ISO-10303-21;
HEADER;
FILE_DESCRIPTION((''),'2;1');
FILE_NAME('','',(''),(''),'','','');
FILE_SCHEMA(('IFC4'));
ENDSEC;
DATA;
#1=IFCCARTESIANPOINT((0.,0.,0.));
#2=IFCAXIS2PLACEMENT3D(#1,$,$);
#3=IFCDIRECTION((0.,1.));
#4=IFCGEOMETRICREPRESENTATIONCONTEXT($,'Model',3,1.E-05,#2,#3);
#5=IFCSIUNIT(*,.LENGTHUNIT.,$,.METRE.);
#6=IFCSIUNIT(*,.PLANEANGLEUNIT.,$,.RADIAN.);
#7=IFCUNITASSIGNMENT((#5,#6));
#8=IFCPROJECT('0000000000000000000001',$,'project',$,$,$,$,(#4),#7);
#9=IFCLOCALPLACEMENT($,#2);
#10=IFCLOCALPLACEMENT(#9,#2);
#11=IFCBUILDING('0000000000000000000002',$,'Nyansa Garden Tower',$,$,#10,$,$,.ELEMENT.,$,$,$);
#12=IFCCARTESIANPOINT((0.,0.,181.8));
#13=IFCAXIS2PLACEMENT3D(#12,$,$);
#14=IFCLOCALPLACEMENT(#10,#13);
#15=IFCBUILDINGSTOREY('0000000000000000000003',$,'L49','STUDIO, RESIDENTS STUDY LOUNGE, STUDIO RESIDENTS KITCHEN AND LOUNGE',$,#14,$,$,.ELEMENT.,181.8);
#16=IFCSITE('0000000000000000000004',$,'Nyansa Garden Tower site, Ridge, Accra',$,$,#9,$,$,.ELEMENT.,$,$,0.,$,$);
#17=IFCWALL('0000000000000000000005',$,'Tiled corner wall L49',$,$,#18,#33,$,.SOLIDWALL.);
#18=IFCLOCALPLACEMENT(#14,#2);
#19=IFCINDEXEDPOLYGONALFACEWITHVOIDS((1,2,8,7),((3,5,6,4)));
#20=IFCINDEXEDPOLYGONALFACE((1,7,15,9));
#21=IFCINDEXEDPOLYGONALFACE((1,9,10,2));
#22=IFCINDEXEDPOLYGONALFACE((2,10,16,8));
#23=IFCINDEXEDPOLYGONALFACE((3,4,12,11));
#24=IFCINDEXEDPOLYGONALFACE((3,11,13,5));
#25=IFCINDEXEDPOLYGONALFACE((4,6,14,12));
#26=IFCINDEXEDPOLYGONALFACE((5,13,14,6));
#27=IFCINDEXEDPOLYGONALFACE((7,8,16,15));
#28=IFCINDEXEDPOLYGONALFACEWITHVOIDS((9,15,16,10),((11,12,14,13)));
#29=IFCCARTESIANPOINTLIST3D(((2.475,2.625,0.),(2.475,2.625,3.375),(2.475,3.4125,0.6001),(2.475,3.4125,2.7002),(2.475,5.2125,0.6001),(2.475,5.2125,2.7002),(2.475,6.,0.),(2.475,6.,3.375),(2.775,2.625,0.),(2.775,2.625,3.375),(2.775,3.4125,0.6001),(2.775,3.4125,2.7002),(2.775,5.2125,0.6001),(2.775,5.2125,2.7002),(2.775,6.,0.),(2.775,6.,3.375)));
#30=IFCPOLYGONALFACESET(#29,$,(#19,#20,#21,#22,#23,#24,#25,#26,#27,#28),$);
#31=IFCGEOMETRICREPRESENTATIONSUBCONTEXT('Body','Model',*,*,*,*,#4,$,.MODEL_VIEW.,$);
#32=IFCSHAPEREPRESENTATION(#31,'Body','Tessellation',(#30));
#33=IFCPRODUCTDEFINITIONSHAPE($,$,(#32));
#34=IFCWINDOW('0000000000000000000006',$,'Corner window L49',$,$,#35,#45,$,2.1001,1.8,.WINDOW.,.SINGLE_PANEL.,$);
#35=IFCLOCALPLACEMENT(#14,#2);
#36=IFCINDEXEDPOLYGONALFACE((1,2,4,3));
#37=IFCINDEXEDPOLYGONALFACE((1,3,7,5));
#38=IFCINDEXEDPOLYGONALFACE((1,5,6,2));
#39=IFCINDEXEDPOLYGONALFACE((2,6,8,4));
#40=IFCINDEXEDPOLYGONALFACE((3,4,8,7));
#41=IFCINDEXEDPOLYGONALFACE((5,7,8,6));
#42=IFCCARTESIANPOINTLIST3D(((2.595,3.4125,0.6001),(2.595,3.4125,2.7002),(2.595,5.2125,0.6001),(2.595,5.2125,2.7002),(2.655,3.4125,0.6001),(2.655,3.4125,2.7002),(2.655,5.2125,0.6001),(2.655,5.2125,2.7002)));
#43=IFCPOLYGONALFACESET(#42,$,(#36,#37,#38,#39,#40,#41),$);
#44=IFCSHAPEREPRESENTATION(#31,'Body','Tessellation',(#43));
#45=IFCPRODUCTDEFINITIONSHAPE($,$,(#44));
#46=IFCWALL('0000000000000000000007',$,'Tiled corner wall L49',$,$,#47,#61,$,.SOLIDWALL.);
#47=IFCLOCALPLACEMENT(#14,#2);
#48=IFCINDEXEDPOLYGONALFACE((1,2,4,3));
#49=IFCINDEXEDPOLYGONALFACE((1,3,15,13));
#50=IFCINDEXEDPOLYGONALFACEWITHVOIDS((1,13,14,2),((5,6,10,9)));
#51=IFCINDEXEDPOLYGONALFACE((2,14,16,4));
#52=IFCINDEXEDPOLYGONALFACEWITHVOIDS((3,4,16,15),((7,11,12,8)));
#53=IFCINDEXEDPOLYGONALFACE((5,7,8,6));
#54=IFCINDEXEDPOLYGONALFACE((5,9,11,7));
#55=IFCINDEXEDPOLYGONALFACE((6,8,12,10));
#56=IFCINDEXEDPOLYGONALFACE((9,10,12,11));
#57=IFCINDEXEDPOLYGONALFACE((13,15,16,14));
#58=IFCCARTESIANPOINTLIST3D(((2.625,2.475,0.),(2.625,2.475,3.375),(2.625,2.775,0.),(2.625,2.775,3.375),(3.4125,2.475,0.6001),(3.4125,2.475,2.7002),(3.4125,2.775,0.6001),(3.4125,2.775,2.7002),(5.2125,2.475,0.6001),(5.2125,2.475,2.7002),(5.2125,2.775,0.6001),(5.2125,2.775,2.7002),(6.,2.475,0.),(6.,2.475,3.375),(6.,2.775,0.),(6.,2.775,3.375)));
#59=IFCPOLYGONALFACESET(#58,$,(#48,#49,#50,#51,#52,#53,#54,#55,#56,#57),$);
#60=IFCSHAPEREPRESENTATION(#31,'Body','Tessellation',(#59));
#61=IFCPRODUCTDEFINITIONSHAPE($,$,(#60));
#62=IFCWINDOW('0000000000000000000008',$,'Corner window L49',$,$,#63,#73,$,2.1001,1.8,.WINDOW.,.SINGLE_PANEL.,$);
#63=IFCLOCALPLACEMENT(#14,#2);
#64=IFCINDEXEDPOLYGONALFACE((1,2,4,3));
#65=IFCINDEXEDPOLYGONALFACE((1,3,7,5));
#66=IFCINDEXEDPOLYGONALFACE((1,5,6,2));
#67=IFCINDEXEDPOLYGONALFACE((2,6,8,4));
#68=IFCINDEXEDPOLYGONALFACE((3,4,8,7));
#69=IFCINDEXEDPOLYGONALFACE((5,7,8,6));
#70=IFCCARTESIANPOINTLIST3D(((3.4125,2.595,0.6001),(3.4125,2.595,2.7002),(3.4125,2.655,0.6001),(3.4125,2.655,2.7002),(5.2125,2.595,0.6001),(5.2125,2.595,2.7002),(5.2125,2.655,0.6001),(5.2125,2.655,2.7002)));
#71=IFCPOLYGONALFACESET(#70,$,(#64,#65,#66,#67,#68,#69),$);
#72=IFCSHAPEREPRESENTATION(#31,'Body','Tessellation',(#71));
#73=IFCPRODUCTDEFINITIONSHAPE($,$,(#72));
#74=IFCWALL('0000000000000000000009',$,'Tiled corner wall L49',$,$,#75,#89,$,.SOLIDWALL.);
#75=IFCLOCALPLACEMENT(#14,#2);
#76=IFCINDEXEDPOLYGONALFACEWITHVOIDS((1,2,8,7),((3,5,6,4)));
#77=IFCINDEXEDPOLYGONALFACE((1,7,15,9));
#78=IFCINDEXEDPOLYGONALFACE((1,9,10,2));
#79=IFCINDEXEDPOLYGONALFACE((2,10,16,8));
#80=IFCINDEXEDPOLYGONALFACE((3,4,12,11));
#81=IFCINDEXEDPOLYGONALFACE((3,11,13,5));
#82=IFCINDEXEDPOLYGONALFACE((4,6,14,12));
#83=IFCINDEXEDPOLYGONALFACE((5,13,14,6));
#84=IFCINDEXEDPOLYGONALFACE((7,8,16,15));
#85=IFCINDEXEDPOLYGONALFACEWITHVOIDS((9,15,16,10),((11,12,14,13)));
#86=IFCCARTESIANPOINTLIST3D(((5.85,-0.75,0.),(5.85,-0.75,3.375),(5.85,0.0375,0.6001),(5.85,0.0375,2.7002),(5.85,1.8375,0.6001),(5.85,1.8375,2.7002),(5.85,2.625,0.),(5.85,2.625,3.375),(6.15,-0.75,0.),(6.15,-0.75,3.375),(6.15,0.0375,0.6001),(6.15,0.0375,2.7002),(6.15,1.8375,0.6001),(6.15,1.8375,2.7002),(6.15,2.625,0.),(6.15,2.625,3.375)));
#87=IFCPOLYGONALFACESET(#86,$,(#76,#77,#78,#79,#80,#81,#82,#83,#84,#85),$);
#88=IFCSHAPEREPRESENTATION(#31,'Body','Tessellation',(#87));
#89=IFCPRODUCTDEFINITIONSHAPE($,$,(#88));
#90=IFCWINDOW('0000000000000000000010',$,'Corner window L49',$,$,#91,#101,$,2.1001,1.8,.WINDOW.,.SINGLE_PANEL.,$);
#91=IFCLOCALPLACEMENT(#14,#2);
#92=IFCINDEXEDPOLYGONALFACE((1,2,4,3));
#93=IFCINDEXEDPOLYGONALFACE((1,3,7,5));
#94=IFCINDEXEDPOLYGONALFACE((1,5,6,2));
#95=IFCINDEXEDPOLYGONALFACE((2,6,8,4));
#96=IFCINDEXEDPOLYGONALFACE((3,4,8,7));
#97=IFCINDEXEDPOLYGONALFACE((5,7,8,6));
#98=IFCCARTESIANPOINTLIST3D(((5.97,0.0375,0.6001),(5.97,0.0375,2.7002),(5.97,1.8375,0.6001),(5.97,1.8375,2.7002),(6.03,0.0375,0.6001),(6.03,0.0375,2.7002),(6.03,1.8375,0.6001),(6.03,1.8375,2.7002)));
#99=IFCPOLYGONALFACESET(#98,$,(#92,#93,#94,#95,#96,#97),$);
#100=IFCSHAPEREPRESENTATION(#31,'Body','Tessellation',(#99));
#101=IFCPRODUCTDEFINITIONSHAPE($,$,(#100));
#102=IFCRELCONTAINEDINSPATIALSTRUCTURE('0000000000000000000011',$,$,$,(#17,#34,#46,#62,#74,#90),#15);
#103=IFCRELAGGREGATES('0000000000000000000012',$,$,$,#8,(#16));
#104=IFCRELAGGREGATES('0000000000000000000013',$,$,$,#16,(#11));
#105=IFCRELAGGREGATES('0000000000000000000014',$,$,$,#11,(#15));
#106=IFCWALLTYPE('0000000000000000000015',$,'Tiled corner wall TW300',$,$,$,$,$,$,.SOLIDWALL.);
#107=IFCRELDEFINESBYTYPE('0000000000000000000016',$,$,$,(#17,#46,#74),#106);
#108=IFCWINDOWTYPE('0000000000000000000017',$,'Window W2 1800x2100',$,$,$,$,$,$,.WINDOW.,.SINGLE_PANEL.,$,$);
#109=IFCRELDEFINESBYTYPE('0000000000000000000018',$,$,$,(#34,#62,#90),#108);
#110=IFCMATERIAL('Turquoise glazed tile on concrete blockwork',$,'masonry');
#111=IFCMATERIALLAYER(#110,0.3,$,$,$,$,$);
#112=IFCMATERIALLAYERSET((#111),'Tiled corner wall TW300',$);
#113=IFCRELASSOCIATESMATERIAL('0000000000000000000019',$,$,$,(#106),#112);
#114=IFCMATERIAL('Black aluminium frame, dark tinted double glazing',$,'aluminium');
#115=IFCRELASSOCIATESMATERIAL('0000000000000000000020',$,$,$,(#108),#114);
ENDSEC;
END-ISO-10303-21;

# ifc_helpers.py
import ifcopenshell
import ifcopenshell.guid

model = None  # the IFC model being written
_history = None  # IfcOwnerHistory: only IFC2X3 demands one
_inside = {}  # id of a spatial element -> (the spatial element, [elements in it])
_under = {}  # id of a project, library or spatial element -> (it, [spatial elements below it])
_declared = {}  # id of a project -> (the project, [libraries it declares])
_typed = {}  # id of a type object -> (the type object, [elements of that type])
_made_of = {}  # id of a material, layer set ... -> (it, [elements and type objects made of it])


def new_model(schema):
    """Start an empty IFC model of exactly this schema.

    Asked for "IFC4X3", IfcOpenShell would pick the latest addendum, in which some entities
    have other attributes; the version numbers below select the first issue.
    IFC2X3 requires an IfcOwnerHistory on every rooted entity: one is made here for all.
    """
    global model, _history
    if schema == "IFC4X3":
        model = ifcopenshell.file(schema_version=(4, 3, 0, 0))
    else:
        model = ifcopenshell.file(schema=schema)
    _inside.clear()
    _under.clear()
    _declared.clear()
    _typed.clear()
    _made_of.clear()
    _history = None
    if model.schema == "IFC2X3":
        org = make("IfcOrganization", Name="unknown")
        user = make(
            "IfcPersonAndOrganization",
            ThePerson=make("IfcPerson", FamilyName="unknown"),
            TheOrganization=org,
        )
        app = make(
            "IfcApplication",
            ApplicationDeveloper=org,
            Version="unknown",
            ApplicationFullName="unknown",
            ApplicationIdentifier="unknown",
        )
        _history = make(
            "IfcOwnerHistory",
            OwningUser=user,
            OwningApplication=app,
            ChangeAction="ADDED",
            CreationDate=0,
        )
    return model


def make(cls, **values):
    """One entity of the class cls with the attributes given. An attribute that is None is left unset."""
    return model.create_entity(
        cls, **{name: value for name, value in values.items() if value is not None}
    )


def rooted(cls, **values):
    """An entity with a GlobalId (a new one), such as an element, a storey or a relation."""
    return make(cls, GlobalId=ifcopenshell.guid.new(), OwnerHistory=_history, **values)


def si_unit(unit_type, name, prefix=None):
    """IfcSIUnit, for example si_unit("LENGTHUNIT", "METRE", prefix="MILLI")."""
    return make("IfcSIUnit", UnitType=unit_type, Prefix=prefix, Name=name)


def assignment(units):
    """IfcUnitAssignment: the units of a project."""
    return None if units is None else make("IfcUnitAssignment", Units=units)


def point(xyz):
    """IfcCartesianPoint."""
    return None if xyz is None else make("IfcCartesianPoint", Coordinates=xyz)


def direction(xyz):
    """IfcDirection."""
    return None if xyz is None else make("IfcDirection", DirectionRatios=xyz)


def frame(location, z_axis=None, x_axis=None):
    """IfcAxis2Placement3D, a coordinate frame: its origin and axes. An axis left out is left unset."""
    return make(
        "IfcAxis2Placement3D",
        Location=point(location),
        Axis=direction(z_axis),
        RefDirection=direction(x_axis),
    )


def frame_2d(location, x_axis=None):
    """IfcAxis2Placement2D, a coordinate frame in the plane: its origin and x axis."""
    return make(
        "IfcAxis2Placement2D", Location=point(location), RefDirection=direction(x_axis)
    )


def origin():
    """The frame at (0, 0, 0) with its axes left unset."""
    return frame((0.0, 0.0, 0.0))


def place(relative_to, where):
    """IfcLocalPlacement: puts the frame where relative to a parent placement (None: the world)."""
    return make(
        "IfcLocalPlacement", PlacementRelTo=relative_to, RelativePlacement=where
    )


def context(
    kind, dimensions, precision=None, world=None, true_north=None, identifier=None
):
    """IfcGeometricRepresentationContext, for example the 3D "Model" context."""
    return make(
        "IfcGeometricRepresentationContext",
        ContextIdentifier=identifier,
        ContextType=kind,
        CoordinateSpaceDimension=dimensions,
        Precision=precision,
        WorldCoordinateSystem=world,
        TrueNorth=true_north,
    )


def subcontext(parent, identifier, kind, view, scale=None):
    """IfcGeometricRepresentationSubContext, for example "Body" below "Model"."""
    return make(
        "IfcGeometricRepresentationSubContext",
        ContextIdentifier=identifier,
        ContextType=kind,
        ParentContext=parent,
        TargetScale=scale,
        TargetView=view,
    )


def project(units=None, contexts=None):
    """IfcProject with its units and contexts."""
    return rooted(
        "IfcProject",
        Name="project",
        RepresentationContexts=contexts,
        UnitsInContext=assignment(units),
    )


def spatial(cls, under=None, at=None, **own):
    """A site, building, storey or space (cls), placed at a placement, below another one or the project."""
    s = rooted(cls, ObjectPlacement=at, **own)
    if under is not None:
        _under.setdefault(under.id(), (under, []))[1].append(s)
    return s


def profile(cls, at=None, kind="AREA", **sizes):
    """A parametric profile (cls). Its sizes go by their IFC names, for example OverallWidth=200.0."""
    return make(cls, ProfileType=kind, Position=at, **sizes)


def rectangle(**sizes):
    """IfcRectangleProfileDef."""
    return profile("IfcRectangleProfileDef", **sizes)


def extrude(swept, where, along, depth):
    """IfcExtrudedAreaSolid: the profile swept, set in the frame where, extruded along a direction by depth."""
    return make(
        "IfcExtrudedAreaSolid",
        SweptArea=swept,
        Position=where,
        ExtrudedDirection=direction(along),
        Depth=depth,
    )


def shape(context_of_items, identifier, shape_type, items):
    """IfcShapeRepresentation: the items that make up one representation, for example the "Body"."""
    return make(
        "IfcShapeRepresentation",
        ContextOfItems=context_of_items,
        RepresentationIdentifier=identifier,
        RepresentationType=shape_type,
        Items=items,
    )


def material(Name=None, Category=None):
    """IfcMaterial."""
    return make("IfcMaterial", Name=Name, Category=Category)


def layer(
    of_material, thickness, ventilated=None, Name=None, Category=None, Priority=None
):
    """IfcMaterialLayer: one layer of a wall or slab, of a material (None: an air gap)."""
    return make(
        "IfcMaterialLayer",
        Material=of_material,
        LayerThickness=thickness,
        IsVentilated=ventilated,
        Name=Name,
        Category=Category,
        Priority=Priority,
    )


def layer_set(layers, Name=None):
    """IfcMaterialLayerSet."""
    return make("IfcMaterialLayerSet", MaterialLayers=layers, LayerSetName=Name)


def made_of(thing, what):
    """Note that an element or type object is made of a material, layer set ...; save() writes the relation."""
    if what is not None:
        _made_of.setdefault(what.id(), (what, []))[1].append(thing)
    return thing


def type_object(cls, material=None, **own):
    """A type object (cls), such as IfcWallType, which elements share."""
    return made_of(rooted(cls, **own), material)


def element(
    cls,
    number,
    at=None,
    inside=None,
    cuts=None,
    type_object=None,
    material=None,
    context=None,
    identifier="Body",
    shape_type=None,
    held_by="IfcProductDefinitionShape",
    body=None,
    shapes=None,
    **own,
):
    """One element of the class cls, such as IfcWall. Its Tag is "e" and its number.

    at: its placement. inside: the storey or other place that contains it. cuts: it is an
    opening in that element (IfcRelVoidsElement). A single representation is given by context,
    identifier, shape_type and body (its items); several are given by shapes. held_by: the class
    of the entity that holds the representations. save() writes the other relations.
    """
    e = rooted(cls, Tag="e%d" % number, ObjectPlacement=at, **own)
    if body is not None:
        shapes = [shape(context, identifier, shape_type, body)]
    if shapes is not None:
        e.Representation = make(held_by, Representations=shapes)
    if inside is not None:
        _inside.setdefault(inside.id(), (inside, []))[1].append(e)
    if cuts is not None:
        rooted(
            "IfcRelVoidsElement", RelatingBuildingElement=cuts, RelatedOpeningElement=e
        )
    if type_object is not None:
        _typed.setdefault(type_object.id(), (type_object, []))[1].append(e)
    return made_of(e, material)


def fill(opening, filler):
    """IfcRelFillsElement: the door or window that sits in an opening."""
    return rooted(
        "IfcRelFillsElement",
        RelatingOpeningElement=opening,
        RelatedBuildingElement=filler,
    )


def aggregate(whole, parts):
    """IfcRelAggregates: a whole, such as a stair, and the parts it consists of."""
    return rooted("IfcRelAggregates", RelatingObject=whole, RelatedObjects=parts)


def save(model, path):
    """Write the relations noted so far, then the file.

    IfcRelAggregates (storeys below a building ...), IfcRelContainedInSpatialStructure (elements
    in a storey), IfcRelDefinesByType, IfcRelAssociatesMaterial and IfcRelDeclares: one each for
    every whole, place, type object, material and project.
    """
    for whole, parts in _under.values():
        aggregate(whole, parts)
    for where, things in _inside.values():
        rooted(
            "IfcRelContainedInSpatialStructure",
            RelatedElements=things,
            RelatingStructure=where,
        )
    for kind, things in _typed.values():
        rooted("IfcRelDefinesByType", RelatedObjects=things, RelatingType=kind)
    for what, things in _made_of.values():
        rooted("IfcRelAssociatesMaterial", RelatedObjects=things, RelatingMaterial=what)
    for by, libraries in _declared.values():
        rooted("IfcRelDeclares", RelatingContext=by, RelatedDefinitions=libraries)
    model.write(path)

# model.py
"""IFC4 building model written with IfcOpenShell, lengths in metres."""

from ifc_helpers import new_model, si_unit, direction, frame, frame_2d, origin, place, context, subcontext, project, spatial, rectangle, extrude, material, layer, layer_set, type_object, element, fill, save


model = new_model("IFC4")

# Units and contexts
model_context = context("Model", 3, precision=1e-05, world=origin(), true_north=direction((0.0, 1.0)))
body_context = subcontext(model_context, "Body", "Model", "MODEL_VIEW")
ifc_project = project(units=[si_unit("LENGTHUNIT", "METRE"), si_unit("PLANEANGLEUNIT", "RADIAN")], contexts=[model_context])

# Site, building, storey
site_placement = place(None, origin())
site = spatial("IfcSite", under=ifc_project, at=site_placement, Name="Nyansa Garden Tower site, Ridge, Accra", CompositionType="ELEMENT", RefElevation=0.0)
building_placement = place(site_placement, origin())
building = spatial("IfcBuilding", under=site, at=building_placement, Name="Nyansa Garden Tower", CompositionType="ELEMENT")
storey_placement = place(building_placement, frame((0.0, 0.0, 181.8)))
storey = spatial("IfcBuildingStorey", under=building, at=storey_placement, Name="L49", Description="STUDIO, RESIDENTS STUDY LOUNGE, STUDIO RESIDENTS KITCHEN AND LOUNGE", CompositionType="ELEMENT", Elevation=181.8)

# Walls, openings, windows
ifc_material_1 = material(Name="Turquoise glazed tile on concrete blockwork", Category="masonry")
ifc_layer_1 = layer(ifc_material_1, 0.3)
ifc_layer_set_1 = layer_set([ifc_layer_1], Name="Tiled corner wall TW300")
wall_type = type_object("IfcWallType", Name="Tiled corner wall TW300", PredefinedType="SOLIDWALL", material=ifc_layer_set_1)
ifc_material_2 = material(Name="Black aluminium frame, dark tinted double glazing", Category="aluminium")
window_type = type_object("IfcWindowType", Name="Window W2 1800x2100", PartitioningType="SINGLE_PANEL", PredefinedType="WINDOW", material=ifc_material_2)
wall_1_placement = place(storey_placement, frame((2.625, 6.0, 0.0), z_axis=(0.0, 0.0, 1.0), x_axis=(0.0, -1.0, 0.0)))
wall_1 = element("IfcWall", 1, at=wall_1_placement, inside=storey, type_object=wall_type, Name="Tiled corner wall L49", PredefinedType="SOLIDWALL", context=body_context, shape_type="SweptSolid", body=[
    extrude(rectangle(XDim=3.375, YDim=0.3, at=frame_2d((1.6875, 0.0))), origin(), (0.0, 0.0, 1.0), 3.375),
])
opening_1_placement = place(wall_1_placement, frame((0.7876, 0.0, 0.6001)))
opening_1 = element("IfcOpeningElement", 2, at=opening_1_placement, cuts=wall_1, PredefinedType="OPENING", context=body_context, shape_type="SweptSolid", body=[
    extrude(rectangle(XDim=1.8, YDim=2.1001, at=frame_2d((0.8999, 1.05))), frame((0.0, 0.1599, 0.0), z_axis=(0.0, -1.0, 0.0), x_axis=(1.0, 0.0, 0.0)), (0.0, 0.0, 1.0), 0.3201),
])
window_1_placement = place(opening_1_placement, origin())
window_1 = element("IfcWindow", 3, at=window_1_placement, inside=storey, type_object=window_type, Name="Corner window L49", OverallHeight=2.1001, OverallWidth=1.8, PartitioningType="SINGLE_PANEL", PredefinedType="WINDOW", context=body_context, shape_type="SweptSolid", body=[
    extrude(rectangle(XDim=1.8, YDim=2.1001, at=frame_2d((0.8999, 1.05))), frame((0.0, 0.03, 0.0), z_axis=(0.0, -1.0, 0.0), x_axis=(1.0, 0.0, 0.0)), (0.0, 0.0, 1.0), 0.0601),
])
fill(opening_1, window_1)
wall_2_placement = place(storey_placement, frame((2.625, 2.625, 0.0), z_axis=(0.0, 0.0, 1.0), x_axis=(1.0, 0.0, 0.0)))
wall_2 = element("IfcWall", 4, at=wall_2_placement, inside=storey, type_object=wall_type, Name="Tiled corner wall L49", PredefinedType="SOLIDWALL", context=body_context, shape_type="SweptSolid", body=[
    extrude(rectangle(XDim=3.375, YDim=0.3, at=frame_2d((1.6875, 0.0))), origin(), (0.0, 0.0, 1.0), 3.375),
])
opening_2_placement = place(wall_2_placement, frame((0.7876, 0.0, 0.6001)))
opening_2 = element("IfcOpeningElement", 5, at=opening_2_placement, cuts=wall_2, PredefinedType="OPENING", context=body_context, shape_type="SweptSolid", body=[
    extrude(rectangle(XDim=1.8, YDim=2.1001, at=frame_2d((0.8999, 1.05))), frame((0.0, 0.1599, 0.0), z_axis=(0.0, -1.0, 0.0), x_axis=(1.0, 0.0, 0.0)), (0.0, 0.0, 1.0), 0.3201),
])
window_2_placement = place(opening_2_placement, origin())
window_2 = element("IfcWindow", 6, at=window_2_placement, inside=storey, type_object=window_type, Name="Corner window L49", OverallHeight=2.1001, OverallWidth=1.8, PartitioningType="SINGLE_PANEL", PredefinedType="WINDOW", context=body_context, shape_type="SweptSolid", body=[
    extrude(rectangle(XDim=1.8, YDim=2.1001, at=frame_2d((0.8999, 1.05))), frame((0.0, 0.03, 0.0), z_axis=(0.0, -1.0, 0.0), x_axis=(1.0, 0.0, 0.0)), (0.0, 0.0, 1.0), 0.0601),
])
fill(opening_2, window_2)
wall_3_placement = place(storey_placement, frame((6.0, 2.625, 0.0), z_axis=(0.0, 0.0, 1.0), x_axis=(0.0, -1.0, 0.0)))
wall_3 = element("IfcWall", 7, at=wall_3_placement, inside=storey, type_object=wall_type, Name="Tiled corner wall L49", PredefinedType="SOLIDWALL", context=body_context, shape_type="SweptSolid", body=[
    extrude(rectangle(XDim=3.375, YDim=0.3, at=frame_2d((1.6875, 0.0))), origin(), (0.0, 0.0, 1.0), 3.375),
])
opening_3_placement = place(wall_3_placement, frame((0.7876, 0.0, 0.6001)))
opening_3 = element("IfcOpeningElement", 8, at=opening_3_placement, cuts=wall_3, PredefinedType="OPENING", context=body_context, shape_type="SweptSolid", body=[
    extrude(rectangle(XDim=1.8, YDim=2.1001, at=frame_2d((0.8999, 1.05))), frame((0.0, 0.1599, 0.0), z_axis=(0.0, -1.0, 0.0), x_axis=(1.0, 0.0, 0.0)), (0.0, 0.0, 1.0), 0.3201),
])
window_3_placement = place(opening_3_placement, origin())
window_3 = element("IfcWindow", 9, at=window_3_placement, inside=storey, type_object=window_type, Name="Corner window L49", OverallHeight=2.1001, OverallWidth=1.8, PartitioningType="SINGLE_PANEL", PredefinedType="WINDOW", context=body_context, shape_type="SweptSolid", body=[
    extrude(rectangle(XDim=1.8, YDim=2.1001, at=frame_2d((0.8999, 1.05))), frame((0.0, 0.03, 0.0), z_axis=(0.0, -1.0, 0.0), x_axis=(1.0, 0.0, 0.0)), (0.0, 0.0, 1.0), 0.0601),
])
fill(opening_3, window_3)

save(model, "model.ifc")
